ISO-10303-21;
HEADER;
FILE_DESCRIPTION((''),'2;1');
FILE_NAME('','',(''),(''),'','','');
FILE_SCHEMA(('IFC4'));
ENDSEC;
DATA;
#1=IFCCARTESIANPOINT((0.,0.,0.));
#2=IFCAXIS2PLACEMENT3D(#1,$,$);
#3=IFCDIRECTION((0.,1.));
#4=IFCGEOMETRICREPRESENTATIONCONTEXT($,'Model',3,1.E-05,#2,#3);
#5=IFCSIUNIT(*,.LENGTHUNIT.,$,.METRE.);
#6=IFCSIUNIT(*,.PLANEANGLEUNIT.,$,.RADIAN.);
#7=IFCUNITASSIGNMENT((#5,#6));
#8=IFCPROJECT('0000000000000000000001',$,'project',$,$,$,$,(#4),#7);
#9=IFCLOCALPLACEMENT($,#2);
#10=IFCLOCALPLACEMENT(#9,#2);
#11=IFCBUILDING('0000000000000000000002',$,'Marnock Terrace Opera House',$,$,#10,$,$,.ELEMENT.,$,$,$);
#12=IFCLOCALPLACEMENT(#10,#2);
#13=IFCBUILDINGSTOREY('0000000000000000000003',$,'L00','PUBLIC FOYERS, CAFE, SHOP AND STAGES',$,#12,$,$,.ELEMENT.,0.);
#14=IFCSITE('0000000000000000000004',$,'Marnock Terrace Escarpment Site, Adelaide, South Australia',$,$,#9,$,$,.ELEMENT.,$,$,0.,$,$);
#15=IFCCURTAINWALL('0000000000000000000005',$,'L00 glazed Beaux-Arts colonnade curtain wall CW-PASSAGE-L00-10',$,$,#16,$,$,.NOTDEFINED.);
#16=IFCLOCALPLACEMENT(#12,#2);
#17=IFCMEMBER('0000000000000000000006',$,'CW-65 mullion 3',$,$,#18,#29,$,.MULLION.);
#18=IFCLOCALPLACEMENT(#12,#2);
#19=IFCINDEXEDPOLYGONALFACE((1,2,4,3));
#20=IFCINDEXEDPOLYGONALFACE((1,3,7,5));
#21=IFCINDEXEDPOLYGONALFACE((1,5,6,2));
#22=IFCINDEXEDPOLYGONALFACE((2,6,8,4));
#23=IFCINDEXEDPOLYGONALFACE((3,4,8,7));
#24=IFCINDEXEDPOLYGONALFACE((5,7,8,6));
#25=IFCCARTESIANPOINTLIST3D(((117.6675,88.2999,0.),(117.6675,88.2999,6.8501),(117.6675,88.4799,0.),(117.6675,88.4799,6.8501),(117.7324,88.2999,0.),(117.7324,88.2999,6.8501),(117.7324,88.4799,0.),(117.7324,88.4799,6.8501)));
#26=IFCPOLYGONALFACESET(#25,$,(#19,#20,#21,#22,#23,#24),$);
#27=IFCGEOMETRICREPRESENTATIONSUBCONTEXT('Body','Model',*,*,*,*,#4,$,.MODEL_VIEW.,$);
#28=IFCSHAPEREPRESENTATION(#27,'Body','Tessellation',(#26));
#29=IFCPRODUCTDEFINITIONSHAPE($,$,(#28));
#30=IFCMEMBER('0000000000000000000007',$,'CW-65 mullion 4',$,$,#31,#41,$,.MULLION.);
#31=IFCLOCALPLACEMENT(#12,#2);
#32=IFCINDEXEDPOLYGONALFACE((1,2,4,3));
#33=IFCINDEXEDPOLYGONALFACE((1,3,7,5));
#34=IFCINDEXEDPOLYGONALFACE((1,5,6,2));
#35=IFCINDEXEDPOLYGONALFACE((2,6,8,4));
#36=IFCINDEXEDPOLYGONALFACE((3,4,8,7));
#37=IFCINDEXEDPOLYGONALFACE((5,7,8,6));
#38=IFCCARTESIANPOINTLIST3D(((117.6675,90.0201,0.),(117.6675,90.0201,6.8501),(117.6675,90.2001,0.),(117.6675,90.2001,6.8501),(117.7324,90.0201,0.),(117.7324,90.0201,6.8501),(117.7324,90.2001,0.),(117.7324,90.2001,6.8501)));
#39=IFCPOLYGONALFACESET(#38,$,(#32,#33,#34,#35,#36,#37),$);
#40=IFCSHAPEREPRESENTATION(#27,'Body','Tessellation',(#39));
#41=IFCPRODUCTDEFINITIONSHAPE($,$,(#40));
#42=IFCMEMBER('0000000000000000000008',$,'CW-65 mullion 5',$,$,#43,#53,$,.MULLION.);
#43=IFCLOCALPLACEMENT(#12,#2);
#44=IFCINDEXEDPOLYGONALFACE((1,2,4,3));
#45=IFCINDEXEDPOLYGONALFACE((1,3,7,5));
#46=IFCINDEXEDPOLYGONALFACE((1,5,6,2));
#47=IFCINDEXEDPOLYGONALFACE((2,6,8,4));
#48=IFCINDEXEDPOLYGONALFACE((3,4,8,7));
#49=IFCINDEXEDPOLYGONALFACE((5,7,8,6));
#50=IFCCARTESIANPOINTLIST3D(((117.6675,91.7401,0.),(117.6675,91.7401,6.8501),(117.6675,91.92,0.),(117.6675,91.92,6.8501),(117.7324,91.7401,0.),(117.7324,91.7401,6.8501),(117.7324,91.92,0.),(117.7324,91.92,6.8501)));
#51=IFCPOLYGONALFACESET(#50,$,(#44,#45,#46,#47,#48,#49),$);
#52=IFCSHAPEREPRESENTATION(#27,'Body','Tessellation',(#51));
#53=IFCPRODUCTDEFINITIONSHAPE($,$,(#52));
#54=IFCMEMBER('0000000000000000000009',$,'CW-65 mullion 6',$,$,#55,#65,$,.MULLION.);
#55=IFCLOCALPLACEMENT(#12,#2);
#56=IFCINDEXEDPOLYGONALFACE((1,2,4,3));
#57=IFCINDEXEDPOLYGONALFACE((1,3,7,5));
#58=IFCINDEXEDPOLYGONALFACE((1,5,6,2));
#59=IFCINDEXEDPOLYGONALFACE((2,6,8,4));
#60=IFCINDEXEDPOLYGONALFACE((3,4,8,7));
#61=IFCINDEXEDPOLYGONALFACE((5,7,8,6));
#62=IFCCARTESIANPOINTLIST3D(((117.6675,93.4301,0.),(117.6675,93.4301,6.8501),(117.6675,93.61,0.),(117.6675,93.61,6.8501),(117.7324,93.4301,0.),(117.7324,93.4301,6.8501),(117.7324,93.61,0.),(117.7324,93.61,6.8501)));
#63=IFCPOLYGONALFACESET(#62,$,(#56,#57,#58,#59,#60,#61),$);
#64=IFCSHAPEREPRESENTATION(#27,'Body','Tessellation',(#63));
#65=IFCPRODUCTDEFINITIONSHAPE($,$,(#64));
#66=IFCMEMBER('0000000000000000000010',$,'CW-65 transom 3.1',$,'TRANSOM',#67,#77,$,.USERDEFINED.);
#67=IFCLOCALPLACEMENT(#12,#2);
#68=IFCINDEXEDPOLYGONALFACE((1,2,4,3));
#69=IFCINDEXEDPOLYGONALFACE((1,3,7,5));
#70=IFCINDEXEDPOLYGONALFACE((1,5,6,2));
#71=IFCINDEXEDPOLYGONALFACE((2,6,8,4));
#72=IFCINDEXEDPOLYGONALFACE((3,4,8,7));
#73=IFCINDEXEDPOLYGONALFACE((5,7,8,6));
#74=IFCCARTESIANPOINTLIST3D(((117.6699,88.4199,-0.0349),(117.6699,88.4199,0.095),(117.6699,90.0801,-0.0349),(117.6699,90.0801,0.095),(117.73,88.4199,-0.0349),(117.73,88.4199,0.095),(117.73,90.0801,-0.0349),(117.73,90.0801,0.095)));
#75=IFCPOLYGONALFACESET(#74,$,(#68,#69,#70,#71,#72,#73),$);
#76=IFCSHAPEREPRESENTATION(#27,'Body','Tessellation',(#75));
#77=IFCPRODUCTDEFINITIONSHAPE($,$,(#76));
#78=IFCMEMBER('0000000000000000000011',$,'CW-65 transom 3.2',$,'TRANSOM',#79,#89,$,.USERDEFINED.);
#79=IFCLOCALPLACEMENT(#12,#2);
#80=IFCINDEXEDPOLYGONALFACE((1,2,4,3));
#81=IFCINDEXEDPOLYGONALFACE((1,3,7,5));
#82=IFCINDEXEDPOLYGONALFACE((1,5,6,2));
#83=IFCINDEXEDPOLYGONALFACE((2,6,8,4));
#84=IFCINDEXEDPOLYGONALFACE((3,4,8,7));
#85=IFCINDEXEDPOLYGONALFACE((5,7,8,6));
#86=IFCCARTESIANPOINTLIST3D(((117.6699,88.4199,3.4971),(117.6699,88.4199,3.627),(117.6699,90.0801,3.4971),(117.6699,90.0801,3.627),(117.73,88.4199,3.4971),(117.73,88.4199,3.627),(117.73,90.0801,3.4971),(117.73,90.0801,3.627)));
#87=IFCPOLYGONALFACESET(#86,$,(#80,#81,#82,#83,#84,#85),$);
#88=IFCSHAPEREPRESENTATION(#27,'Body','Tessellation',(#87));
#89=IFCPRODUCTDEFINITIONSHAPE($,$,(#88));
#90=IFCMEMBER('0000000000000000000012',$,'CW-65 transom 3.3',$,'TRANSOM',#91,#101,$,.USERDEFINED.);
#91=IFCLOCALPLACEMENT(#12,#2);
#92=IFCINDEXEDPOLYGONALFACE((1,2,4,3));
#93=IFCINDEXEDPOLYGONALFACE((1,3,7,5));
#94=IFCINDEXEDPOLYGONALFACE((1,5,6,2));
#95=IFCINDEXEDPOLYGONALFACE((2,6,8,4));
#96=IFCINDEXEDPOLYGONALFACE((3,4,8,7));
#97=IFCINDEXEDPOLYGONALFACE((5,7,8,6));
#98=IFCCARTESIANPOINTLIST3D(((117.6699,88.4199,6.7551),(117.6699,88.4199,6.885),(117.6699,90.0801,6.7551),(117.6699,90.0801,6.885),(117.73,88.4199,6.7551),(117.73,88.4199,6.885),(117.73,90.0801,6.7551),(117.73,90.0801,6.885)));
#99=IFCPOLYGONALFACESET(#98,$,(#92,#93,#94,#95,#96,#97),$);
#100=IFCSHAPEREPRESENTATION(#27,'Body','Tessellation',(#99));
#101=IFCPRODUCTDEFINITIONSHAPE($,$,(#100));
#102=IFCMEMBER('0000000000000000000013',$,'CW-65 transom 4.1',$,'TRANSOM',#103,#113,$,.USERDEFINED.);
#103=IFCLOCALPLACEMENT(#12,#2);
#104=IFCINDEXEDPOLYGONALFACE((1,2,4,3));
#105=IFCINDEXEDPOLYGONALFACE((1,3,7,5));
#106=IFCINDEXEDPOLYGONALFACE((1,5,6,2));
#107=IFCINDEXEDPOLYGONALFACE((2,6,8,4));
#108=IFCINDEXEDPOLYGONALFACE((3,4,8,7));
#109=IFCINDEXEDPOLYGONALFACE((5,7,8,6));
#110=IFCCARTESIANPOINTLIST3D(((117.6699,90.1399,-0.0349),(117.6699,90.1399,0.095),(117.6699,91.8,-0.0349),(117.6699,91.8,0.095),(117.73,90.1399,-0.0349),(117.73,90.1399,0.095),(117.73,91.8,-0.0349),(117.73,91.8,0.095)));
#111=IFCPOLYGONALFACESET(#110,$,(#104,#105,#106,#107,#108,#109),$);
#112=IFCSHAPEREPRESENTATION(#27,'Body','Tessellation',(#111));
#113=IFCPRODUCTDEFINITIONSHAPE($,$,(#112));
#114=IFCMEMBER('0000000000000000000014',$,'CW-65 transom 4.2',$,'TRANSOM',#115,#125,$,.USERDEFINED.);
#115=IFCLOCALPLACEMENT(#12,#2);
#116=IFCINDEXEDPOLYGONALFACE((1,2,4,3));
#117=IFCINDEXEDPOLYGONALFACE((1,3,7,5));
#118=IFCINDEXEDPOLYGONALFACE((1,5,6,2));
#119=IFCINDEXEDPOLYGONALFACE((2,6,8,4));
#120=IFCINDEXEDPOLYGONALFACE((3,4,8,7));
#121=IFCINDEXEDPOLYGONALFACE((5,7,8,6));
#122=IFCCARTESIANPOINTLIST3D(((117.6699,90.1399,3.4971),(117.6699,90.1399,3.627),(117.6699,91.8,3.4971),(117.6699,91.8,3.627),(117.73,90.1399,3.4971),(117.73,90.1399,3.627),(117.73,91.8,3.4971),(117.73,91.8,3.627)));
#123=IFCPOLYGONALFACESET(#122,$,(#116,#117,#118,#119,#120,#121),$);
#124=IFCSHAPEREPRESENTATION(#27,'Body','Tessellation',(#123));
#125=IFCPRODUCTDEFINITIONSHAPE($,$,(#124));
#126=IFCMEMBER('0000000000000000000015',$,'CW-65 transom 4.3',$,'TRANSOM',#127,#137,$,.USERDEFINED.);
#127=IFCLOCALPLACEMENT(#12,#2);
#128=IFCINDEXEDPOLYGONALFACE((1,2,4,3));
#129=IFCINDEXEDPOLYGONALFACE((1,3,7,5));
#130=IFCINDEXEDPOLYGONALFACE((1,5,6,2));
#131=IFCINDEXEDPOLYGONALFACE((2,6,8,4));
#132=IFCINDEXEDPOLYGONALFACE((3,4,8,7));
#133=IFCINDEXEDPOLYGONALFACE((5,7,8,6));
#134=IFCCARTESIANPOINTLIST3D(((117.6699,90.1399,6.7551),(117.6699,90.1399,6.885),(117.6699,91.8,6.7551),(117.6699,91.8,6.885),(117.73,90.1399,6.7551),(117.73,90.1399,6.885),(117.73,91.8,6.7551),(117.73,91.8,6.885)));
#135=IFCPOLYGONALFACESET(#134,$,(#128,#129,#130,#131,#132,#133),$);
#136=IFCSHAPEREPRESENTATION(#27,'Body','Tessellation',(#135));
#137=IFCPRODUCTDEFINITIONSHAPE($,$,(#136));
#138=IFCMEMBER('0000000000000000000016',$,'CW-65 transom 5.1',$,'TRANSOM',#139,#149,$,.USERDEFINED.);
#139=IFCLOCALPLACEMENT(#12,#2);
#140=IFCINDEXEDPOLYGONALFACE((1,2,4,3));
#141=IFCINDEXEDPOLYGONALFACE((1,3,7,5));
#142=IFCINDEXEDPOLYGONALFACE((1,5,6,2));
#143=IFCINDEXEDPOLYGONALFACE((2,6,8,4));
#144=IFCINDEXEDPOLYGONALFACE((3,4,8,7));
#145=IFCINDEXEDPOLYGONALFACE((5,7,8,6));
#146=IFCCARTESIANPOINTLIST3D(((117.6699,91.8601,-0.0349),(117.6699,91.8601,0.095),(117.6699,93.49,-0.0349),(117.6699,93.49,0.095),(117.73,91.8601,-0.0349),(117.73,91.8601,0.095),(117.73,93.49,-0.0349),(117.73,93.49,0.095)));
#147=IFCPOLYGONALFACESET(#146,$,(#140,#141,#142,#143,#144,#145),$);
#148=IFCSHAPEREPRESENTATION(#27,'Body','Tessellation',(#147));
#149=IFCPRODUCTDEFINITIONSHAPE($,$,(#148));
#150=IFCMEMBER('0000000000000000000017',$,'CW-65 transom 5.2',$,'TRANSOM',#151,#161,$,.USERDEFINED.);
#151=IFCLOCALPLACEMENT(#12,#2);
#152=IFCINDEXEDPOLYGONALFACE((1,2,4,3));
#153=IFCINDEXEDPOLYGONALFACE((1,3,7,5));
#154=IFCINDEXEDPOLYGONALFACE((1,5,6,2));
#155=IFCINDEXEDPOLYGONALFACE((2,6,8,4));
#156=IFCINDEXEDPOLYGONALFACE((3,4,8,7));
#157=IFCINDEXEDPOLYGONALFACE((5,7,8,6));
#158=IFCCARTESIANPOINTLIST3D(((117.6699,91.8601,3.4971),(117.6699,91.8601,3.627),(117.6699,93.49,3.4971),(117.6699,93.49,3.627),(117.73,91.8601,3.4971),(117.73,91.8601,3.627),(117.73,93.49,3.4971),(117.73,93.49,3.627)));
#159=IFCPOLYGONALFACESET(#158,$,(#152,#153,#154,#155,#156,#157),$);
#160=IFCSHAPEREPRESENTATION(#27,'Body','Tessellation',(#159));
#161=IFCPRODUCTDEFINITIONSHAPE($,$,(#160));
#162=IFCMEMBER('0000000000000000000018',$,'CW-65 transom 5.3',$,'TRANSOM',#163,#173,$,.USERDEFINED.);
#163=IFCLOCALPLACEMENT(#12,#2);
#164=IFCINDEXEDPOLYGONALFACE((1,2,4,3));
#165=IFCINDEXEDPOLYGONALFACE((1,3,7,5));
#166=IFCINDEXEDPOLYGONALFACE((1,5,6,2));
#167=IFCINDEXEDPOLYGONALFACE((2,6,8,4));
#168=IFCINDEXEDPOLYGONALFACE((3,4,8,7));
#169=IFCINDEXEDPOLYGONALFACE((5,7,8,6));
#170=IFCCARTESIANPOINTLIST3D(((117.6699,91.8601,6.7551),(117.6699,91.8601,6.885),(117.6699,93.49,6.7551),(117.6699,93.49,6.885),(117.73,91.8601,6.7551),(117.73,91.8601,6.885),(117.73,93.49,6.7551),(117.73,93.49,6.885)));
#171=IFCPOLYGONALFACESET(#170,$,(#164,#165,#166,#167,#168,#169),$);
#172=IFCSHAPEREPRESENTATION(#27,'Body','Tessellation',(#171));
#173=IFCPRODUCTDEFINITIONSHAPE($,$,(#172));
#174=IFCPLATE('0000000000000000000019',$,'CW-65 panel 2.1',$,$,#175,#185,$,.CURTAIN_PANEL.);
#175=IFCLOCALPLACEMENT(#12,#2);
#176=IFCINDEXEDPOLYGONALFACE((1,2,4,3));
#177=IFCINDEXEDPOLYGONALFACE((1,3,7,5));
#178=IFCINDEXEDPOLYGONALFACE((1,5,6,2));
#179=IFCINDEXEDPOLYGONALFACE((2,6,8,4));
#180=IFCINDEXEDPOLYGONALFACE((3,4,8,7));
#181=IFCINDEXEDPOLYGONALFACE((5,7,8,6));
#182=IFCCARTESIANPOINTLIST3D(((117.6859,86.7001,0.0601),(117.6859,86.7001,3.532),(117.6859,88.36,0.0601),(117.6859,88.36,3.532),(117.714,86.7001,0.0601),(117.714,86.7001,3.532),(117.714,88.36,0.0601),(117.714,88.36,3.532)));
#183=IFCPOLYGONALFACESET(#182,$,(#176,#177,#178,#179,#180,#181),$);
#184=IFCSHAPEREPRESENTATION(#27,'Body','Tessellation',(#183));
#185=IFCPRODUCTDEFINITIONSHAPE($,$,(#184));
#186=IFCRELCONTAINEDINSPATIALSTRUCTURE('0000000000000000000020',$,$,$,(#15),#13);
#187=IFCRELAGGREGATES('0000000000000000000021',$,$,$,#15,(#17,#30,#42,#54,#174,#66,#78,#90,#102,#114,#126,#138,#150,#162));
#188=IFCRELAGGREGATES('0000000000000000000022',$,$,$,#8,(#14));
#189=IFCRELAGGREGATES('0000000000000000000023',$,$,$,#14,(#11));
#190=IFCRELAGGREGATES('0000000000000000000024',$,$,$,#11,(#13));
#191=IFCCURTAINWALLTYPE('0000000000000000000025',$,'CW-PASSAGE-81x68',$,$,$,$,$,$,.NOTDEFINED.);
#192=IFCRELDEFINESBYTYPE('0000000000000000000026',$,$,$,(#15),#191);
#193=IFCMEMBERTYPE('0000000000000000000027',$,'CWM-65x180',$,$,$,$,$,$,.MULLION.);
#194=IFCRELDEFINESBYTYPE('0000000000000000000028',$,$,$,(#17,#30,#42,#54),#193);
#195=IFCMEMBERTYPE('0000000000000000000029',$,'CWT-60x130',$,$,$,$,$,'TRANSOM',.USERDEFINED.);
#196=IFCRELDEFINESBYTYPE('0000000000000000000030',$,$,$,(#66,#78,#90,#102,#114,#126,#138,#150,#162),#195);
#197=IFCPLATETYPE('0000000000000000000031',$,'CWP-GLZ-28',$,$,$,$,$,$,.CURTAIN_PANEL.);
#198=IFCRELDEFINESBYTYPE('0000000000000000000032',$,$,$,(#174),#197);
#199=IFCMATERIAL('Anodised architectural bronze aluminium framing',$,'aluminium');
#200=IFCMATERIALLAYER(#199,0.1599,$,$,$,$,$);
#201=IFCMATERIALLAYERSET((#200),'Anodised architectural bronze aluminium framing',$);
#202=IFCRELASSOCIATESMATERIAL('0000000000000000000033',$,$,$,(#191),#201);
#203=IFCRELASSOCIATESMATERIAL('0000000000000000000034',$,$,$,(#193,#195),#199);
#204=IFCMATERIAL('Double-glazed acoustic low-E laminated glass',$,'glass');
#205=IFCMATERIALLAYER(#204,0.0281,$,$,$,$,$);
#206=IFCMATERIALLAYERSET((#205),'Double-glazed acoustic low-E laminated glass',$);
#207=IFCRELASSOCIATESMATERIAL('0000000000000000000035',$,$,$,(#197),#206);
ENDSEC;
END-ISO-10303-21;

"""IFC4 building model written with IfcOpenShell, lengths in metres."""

from ifc_helpers import new_model, si_unit, direction, frame, origin, origin_2d, place, context, subcontext, project, spatial, rectangle, extrude, material, layer, layer_set, material_profile, profile_set, type_object, element, aggregate, save


model = new_model("IFC4")

# Units and contexts
model_context = context("Model", 3, precision=1e-05, world=origin(), true_north=direction((0.0, 1.0)))
body_context = subcontext(model_context, "Body", "Model", "MODEL_VIEW")
ifc_project = project(units=[si_unit("LENGTHUNIT", "METRE"), si_unit("PLANEANGLEUNIT", "RADIAN")], contexts=[model_context])

# Site, building, storey
site_placement = place(None, origin())
site = spatial("IfcSite", under=ifc_project, at=site_placement, Name="Marnock Terrace Escarpment Site, Adelaide, South Australia", CompositionType="ELEMENT", RefElevation=0.0)
building_placement = place(site_placement, origin())
building = spatial("IfcBuilding", under=site, at=building_placement, Name="Marnock Terrace Opera House", CompositionType="ELEMENT")
storey_placement = place(building_placement, origin())
storey = spatial("IfcBuildingStorey", under=building, at=storey_placement, Name="L00", Description="PUBLIC FOYERS, CAFE, SHOP AND STAGES", CompositionType="ELEMENT", Elevation=0.0)

# Curtain wall, members, plate
ifc_material_1 = material(Name="Anodised architectural bronze aluminium framing", Category="aluminium")
ifc_layer_1 = layer(ifc_material_1, 0.1599)
ifc_layer_set_1 = layer_set([ifc_layer_1], Name="Anodised architectural bronze aluminium framing")
curtain_wall_type = type_object("IfcCurtainWallType", Name="CW-PASSAGE-81x68", PredefinedType="NOTDEFINED", material=ifc_layer_set_1)
curtain_wall_placement = place(storey_placement, origin())
curtain_wall = element("IfcCurtainWall", 1, at=curtain_wall_placement, inside=storey, type_object=curtain_wall_type, Name="L00 glazed Beaux-Arts colonnade curtain wall CW-PASSAGE-L00-10", PredefinedType="NOTDEFINED")
ifc_material_profile_1 = material_profile(ifc_material_1, rectangle(XDim=0.0649, YDim=0.1799, at=origin_2d()))
ifc_profile_set_1 = profile_set([ifc_material_profile_1], Name="Anodised architectural bronze aluminium framing")
member_type_1 = type_object("IfcMemberType", Name="CWM-65x180", PredefinedType="MULLION", material=ifc_profile_set_1)
member_1_placement = place(storey_placement, frame((117.7, 88.3899, 0.0), z_axis=(0.0, 0.0, 1.0), x_axis=(-1.0, 0.0, 0.0)))
member_1 = element("IfcMember", 2, at=member_1_placement, type_object=member_type_1, Name="CW-65 mullion 3", PredefinedType="MULLION", context=body_context, shape_type="SweptSolid", body=[
    extrude(rectangle(XDim=0.0649, YDim=0.1799, at=origin_2d()), origin(), (0.0, 0.0, 1.0), 6.8501),
])
member_2_placement = place(storey_placement, frame((117.7, 90.1101, 0.0), z_axis=(0.0, 0.0, 1.0), x_axis=(-1.0, 0.0, 0.0)))
member_2 = element("IfcMember", 3, at=member_2_placement, type_object=member_type_1, Name="CW-65 mullion 4", PredefinedType="MULLION", context=body_context, shape_type="SweptSolid", body=[
    extrude(rectangle(XDim=0.0649, YDim=0.1799, at=origin_2d()), origin(), (0.0, 0.0, 1.0), 6.8501),
])
member_3_placement = place(storey_placement, frame((117.7, 91.8301, 0.0), z_axis=(0.0, 0.0, 1.0), x_axis=(-1.0, 0.0, 0.0)))
member_3 = element("IfcMember", 4, at=member_3_placement, type_object=member_type_1, Name="CW-65 mullion 5", PredefinedType="MULLION", context=body_context, shape_type="SweptSolid", body=[
    extrude(rectangle(XDim=0.0649, YDim=0.1799, at=origin_2d()), origin(), (0.0, 0.0, 1.0), 6.8501),
])
member_4_placement = place(storey_placement, frame((117.7, 93.52, 0.0), z_axis=(0.0, 0.0, 1.0), x_axis=(-1.0, 0.0, 0.0)))
member_4 = element("IfcMember", 5, at=member_4_placement, type_object=member_type_1, Name="CW-65 mullion 6", PredefinedType="MULLION", context=body_context, shape_type="SweptSolid", body=[
    extrude(rectangle(XDim=0.0649, YDim=0.1799, at=origin_2d()), origin(), (0.0, 0.0, 1.0), 6.8501),
])
ifc_material_profile_2 = material_profile(ifc_material_1, rectangle(XDim=0.0601, YDim=0.1299, at=origin_2d()))
ifc_profile_set_2 = profile_set([ifc_material_profile_2], Name="Anodised architectural bronze aluminium framing")
member_type_2 = type_object("IfcMemberType", Name="CWT-60x130", ElementType="TRANSOM", PredefinedType="USERDEFINED", material=ifc_profile_set_2)
member_5_placement = place(storey_placement, frame((117.7, 88.4199, 0.03), z_axis=(0.0, 1.0, 0.0), x_axis=(-1.0, 0.0, 0.0)))
member_5 = element("IfcMember", 6, at=member_5_placement, type_object=member_type_2, Name="CW-65 transom 3.1", ObjectType="TRANSOM", PredefinedType="USERDEFINED", context=body_context, shape_type="SweptSolid", body=[
    extrude(rectangle(XDim=0.0601, YDim=0.1299, at=origin_2d()), origin(), (0.0, 0.0, 1.0), 1.6602),
])
member_6_placement = place(storey_placement, frame((117.7, 88.4199, 3.562), z_axis=(0.0, 1.0, 0.0), x_axis=(-1.0, 0.0, 0.0)))
member_6 = element("IfcMember", 7, at=member_6_placement, type_object=member_type_2, Name="CW-65 transom 3.2", ObjectType="TRANSOM", PredefinedType="USERDEFINED", context=body_context, shape_type="SweptSolid", body=[
    extrude(rectangle(XDim=0.0601, YDim=0.1299, at=origin_2d()), origin(), (0.0, 0.0, 1.0), 1.6602),
])
member_7_placement = place(storey_placement, frame((117.7, 88.4199, 6.8201), z_axis=(0.0, 1.0, 0.0), x_axis=(-1.0, 0.0, 0.0)))
member_7 = element("IfcMember", 8, at=member_7_placement, type_object=member_type_2, Name="CW-65 transom 3.3", ObjectType="TRANSOM", PredefinedType="USERDEFINED", context=body_context, shape_type="SweptSolid", body=[
    extrude(rectangle(XDim=0.0601, YDim=0.1299, at=origin_2d()), origin(), (0.0, 0.0, 1.0), 1.6602),
])
member_8_placement = place(storey_placement, frame((117.7, 90.1399, 0.03), z_axis=(0.0, 1.0, 0.0), x_axis=(-1.0, 0.0, 0.0)))
member_8 = element("IfcMember", 9, at=member_8_placement, type_object=member_type_2, Name="CW-65 transom 4.1", ObjectType="TRANSOM", PredefinedType="USERDEFINED", context=body_context, shape_type="SweptSolid", body=[
    extrude(rectangle(XDim=0.0601, YDim=0.1299, at=origin_2d()), origin(), (0.0, 0.0, 1.0), 1.6602),
])
member_9_placement = place(storey_placement, frame((117.7, 90.1399, 3.562), z_axis=(0.0, 1.0, 0.0), x_axis=(-1.0, 0.0, 0.0)))
member_9 = element("IfcMember", 10, at=member_9_placement, type_object=member_type_2, Name="CW-65 transom 4.2", ObjectType="TRANSOM", PredefinedType="USERDEFINED", context=body_context, shape_type="SweptSolid", body=[
    extrude(rectangle(XDim=0.0601, YDim=0.1299, at=origin_2d()), origin(), (0.0, 0.0, 1.0), 1.6602),
])
member_10_placement = place(storey_placement, frame((117.7, 90.1399, 6.8201), z_axis=(0.0, 1.0, 0.0), x_axis=(-1.0, 0.0, 0.0)))
member_10 = element("IfcMember", 11, at=member_10_placement, type_object=member_type_2, Name="CW-65 transom 4.3", ObjectType="TRANSOM", PredefinedType="USERDEFINED", context=body_context, shape_type="SweptSolid", body=[
    extrude(rectangle(XDim=0.0601, YDim=0.1299, at=origin_2d()), origin(), (0.0, 0.0, 1.0), 1.6602),
])
member_11_placement = place(storey_placement, frame((117.7, 91.8601, 0.03), z_axis=(0.0, 1.0, 0.0), x_axis=(-1.0, 0.0, 0.0)))
member_11 = element("IfcMember", 12, at=member_11_placement, type_object=member_type_2, Name="CW-65 transom 5.1", ObjectType="TRANSOM", PredefinedType="USERDEFINED", context=body_context, shape_type="SweptSolid", body=[
    extrude(rectangle(XDim=0.0601, YDim=0.1299, at=origin_2d()), origin(), (0.0, 0.0, 1.0), 1.6299),
])
member_12_placement = place(storey_placement, frame((117.7, 91.8601, 3.562), z_axis=(0.0, 1.0, 0.0), x_axis=(-1.0, 0.0, 0.0)))
member_12 = element("IfcMember", 13, at=member_12_placement, type_object=member_type_2, Name="CW-65 transom 5.2", ObjectType="TRANSOM", PredefinedType="USERDEFINED", context=body_context, shape_type="SweptSolid", body=[
    extrude(rectangle(XDim=0.0601, YDim=0.1299, at=origin_2d()), origin(), (0.0, 0.0, 1.0), 1.6299),
])
member_13_placement = place(storey_placement, frame((117.7, 91.8601, 6.8201), z_axis=(0.0, 1.0, 0.0), x_axis=(-1.0, 0.0, 0.0)))
member_13 = element("IfcMember", 14, at=member_13_placement, type_object=member_type_2, Name="CW-65 transom 5.3", ObjectType="TRANSOM", PredefinedType="USERDEFINED", context=body_context, shape_type="SweptSolid", body=[
    extrude(rectangle(XDim=0.0601, YDim=0.1299, at=origin_2d()), origin(), (0.0, 0.0, 1.0), 1.6299),
])
ifc_material_2 = material(Name="Double-glazed acoustic low-E laminated glass", Category="glass")
ifc_layer_2 = layer(ifc_material_2, 0.0281)
ifc_layer_set_2 = layer_set([ifc_layer_2], Name="Double-glazed acoustic low-E laminated glass")
plate_type = type_object("IfcPlateType", Name="CWP-GLZ-28", PredefinedType="CURTAIN_PANEL", material=ifc_layer_set_2)
plate_1_placement = place(storey_placement, frame((117.7, 87.53, 0.0601), z_axis=(0.0, 0.0, 1.0), x_axis=(0.0, 1.0, 0.0)))
plate_1 = element("IfcPlate", 15, at=plate_1_placement, type_object=plate_type, Name="CW-65 panel 2.1", PredefinedType="CURTAIN_PANEL", context=body_context, shape_type="SweptSolid", body=[
    extrude(rectangle(XDim=1.6599, YDim=0.0281, at=origin_2d()), origin(), (0.0, 0.0, 1.0), 3.4719),
])
aggregate(curtain_wall, [member_1, member_2, member_3, member_4, plate_1, member_5, member_6, member_7, member_8, member_9, member_10, member_11, member_12, member_13])

save(model, "model.ifc")
